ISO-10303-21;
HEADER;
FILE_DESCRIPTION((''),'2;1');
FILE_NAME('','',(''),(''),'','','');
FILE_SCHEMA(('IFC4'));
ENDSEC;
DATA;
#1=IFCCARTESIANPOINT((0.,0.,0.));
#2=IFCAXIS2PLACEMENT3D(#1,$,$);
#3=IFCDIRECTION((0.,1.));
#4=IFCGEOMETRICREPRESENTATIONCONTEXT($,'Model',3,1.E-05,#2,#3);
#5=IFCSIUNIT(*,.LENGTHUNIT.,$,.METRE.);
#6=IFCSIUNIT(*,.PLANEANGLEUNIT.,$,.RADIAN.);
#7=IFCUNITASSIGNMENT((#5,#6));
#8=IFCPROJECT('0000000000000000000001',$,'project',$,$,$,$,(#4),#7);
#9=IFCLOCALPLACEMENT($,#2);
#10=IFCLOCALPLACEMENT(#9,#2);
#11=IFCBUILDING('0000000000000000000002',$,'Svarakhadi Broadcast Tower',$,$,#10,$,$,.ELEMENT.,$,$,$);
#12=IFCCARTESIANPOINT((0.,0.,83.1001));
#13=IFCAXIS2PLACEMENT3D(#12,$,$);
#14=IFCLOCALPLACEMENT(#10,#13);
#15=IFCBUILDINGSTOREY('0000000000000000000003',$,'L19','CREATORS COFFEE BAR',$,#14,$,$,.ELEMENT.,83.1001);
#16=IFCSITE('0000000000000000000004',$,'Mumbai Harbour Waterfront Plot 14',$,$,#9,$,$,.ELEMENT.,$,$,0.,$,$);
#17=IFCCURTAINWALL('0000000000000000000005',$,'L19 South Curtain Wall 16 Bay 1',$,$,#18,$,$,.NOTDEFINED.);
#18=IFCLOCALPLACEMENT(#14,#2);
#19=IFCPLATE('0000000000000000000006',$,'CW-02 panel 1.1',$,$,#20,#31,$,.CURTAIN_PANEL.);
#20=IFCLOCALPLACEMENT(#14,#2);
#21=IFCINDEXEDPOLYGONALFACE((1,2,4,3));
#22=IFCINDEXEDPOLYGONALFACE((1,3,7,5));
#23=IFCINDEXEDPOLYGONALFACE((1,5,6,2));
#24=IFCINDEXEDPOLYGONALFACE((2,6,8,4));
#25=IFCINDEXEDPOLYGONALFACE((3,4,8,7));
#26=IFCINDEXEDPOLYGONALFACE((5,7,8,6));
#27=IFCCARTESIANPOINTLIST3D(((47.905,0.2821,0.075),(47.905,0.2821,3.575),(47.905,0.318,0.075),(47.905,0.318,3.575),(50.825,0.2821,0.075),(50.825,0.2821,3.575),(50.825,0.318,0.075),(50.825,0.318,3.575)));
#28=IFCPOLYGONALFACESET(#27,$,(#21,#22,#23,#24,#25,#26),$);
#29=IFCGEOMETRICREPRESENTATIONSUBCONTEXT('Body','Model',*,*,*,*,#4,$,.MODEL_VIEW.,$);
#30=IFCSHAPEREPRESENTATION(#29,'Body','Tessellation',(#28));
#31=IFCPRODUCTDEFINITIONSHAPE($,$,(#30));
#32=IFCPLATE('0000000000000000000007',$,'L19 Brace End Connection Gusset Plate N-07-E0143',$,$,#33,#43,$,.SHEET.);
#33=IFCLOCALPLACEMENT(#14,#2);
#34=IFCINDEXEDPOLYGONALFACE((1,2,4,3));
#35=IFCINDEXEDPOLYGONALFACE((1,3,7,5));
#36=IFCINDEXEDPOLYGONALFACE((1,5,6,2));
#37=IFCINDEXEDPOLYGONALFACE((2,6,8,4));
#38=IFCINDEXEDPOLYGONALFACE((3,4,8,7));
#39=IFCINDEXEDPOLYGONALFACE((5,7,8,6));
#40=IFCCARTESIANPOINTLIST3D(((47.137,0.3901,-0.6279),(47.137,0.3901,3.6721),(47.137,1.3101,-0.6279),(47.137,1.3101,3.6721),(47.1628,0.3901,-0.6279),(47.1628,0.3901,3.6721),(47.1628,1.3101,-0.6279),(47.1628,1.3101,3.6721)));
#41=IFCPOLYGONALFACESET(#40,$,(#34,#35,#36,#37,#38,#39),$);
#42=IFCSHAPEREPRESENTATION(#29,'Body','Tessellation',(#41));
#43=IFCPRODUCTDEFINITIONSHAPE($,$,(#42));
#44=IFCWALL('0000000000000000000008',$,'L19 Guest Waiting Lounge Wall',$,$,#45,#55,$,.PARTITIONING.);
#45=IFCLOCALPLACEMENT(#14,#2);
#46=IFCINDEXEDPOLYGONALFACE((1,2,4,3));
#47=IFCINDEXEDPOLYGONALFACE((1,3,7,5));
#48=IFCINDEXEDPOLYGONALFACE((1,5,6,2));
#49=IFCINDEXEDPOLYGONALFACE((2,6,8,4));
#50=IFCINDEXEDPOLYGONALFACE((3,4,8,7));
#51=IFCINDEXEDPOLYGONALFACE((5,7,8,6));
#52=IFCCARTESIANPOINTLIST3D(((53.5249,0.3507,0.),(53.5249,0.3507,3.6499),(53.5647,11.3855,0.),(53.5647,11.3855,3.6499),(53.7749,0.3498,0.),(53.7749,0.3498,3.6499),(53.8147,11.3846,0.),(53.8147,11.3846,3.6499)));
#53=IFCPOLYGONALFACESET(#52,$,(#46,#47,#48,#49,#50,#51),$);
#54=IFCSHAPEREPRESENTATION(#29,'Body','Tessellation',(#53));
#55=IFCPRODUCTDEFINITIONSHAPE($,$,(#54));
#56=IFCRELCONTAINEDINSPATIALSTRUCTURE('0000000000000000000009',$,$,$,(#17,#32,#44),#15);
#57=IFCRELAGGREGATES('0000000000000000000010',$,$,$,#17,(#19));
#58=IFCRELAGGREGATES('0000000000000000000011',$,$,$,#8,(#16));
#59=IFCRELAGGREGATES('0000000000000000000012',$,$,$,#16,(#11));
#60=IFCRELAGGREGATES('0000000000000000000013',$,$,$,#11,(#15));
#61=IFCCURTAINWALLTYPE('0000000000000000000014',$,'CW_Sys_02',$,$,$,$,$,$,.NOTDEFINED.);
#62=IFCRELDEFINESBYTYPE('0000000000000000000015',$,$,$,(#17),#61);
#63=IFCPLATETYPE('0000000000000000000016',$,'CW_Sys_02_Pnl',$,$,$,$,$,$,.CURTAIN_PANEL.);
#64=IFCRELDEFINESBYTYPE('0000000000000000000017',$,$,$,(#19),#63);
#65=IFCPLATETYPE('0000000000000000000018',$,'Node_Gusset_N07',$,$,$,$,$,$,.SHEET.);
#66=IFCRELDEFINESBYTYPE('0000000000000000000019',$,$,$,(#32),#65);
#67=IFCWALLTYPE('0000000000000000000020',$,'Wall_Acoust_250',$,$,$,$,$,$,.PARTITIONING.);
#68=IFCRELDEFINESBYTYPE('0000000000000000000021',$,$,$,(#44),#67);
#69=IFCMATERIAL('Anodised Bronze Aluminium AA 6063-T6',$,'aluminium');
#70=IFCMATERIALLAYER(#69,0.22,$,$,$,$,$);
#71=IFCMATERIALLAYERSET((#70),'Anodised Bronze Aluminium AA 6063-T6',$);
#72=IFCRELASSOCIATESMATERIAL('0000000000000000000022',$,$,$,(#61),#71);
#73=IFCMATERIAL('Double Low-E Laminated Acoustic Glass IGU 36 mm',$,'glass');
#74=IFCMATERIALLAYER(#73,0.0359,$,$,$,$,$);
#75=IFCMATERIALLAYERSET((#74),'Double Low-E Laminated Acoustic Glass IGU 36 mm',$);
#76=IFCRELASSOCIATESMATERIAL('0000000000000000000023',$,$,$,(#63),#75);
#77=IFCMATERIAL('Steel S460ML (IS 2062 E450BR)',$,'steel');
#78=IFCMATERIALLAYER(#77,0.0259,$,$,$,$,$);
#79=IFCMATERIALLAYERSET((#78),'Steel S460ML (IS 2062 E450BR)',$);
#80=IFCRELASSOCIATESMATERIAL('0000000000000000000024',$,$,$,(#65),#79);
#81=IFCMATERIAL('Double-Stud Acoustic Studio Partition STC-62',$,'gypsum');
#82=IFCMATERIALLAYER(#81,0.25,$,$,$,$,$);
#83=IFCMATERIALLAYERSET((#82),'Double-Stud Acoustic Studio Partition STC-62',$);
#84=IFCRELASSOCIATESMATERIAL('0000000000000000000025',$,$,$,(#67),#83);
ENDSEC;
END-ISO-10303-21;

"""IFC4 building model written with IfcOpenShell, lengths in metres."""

from ifc_helpers import new_model, si_unit, direction, frame, frame_2d, origin, origin_2d, place, context, subcontext, project, spatial, rectangle, extrude, material, layer, layer_set, type_object, element, aggregate, save


model = new_model("IFC4")

# Units and contexts
model_context = context("Model", 3, precision=1e-05, world=origin(), true_north=direction((0.0, 1.0)))
body_context = subcontext(model_context, "Body", "Model", "MODEL_VIEW")
ifc_project = project(units=[si_unit("LENGTHUNIT", "METRE"), si_unit("PLANEANGLEUNIT", "RADIAN")], contexts=[model_context])

# Site, building, storey
site_placement = place(None, origin())
site = spatial("IfcSite", under=ifc_project, at=site_placement, Name="Mumbai Harbour Waterfront Plot 14", CompositionType="ELEMENT", RefElevation=0.0)
building_placement = place(site_placement, origin())
building = spatial("IfcBuilding", under=site, at=building_placement, Name="Svarakhadi Broadcast Tower", CompositionType="ELEMENT")
storey_placement = place(building_placement, frame((0.0, 0.0, 83.1001)))
storey = spatial("IfcBuildingStorey", under=building, at=storey_placement, Name="L19", Description="CREATORS COFFEE BAR", CompositionType="ELEMENT", Elevation=83.1001)

# Shared definitions
ifc_material_1 = material(Name="Steel S460ML (IS 2062 E450BR)", Category="steel")

# Curtain wall
ifc_material_2 = material(Name="Anodised Bronze Aluminium AA 6063-T6", Category="aluminium")
ifc_layer_1 = layer(ifc_material_2, 0.22)
ifc_layer_set_1 = layer_set([ifc_layer_1], Name="Anodised Bronze Aluminium AA 6063-T6")
curtain_wall_type = type_object("IfcCurtainWallType", Name="CW_Sys_02", PredefinedType="NOTDEFINED", material=ifc_layer_set_1)
curtain_wall_1_placement = place(storey_placement, origin())
curtain_wall_1 = element("IfcCurtainWall", 1, at=curtain_wall_1_placement, inside=storey, type_object=curtain_wall_type, Name="L19 South Curtain Wall 16 Bay 1", PredefinedType="NOTDEFINED")

# Plates
ifc_material_3 = material(Name="Double Low-E Laminated Acoustic Glass IGU 36 mm", Category="glass")
ifc_layer_2 = layer(ifc_material_3, 0.0359)
ifc_layer_set_2 = layer_set([ifc_layer_2], Name="Double Low-E Laminated Acoustic Glass IGU 36 mm")
plate_type_1 = type_object("IfcPlateType", Name="CW_Sys_02_Pnl", PredefinedType="CURTAIN_PANEL", material=ifc_layer_set_2)
plate_1_placement = place(storey_placement, frame((49.365, 0.3, 0.075), z_axis=(0.0, 0.0, 1.0), x_axis=(-1.0, 0.0, 0.0)))
plate_1 = element("IfcPlate", 2, at=plate_1_placement, type_object=plate_type_1, Name="CW-02 panel 1.1", PredefinedType="CURTAIN_PANEL", context=body_context, shape_type="SweptSolid", body=[
    extrude(rectangle(XDim=2.9199, YDim=0.0359, at=origin_2d()), origin(), (0.0, 0.0, 1.0), 3.5),
])
aggregate(curtain_wall_1, [plate_1])
ifc_layer_3 = layer(ifc_material_1, 0.0259)
ifc_layer_set_3 = layer_set([ifc_layer_3], Name="Steel S460ML (IS 2062 E450BR)")
plate_type_2 = type_object("IfcPlateType", Name="Node_Gusset_N07", PredefinedType="SHEET", material=ifc_layer_set_3)
plate_2_placement = place(storey_placement, frame((47.1499, 0.8501, -0.6279), z_axis=(0.0, 0.0, 1.0), x_axis=(0.0, 1.0, 0.0)))
element("IfcPlate", 3, at=plate_2_placement, inside=storey, type_object=plate_type_2, Name="L19 Brace End Connection Gusset Plate N-07-E0143", PredefinedType="SHEET", context=body_context, shape_type="SweptSolid", body=[
    extrude(rectangle(XDim=0.9199, YDim=0.0259, at=origin_2d()), origin(), (0.0, 0.0, 1.0), 4.3),
])

# Wall
ifc_material_4 = material(Name="Double-Stud Acoustic Studio Partition STC-62", Category="gypsum")
ifc_layer_4 = layer(ifc_material_4, 0.25)
ifc_layer_set_4 = layer_set([ifc_layer_4], Name="Double-Stud Acoustic Studio Partition STC-62")
wall_type = type_object("IfcWallType", Name="Wall_Acoust_250", PredefinedType="PARTITIONING", material=ifc_layer_set_4)
wall_placement = place(storey_placement, frame((53.6499, 0.3501, 0.0), z_axis=(0.0, 0.0, 1.0), x_axis=(0.003606, 0.999993, 0.0)))
element("IfcWall", 4, at=wall_placement, inside=storey, type_object=wall_type, Name="L19 Guest Waiting Lounge Wall", PredefinedType="PARTITIONING", context=body_context, shape_type="SweptSolid", body=[
    extrude(rectangle(XDim=11.0349, YDim=0.25, at=frame_2d((5.5176, 0.0))), origin(), (0.0, 0.0, 1.0), 3.6499),
])

save(model, "model.ifc")
